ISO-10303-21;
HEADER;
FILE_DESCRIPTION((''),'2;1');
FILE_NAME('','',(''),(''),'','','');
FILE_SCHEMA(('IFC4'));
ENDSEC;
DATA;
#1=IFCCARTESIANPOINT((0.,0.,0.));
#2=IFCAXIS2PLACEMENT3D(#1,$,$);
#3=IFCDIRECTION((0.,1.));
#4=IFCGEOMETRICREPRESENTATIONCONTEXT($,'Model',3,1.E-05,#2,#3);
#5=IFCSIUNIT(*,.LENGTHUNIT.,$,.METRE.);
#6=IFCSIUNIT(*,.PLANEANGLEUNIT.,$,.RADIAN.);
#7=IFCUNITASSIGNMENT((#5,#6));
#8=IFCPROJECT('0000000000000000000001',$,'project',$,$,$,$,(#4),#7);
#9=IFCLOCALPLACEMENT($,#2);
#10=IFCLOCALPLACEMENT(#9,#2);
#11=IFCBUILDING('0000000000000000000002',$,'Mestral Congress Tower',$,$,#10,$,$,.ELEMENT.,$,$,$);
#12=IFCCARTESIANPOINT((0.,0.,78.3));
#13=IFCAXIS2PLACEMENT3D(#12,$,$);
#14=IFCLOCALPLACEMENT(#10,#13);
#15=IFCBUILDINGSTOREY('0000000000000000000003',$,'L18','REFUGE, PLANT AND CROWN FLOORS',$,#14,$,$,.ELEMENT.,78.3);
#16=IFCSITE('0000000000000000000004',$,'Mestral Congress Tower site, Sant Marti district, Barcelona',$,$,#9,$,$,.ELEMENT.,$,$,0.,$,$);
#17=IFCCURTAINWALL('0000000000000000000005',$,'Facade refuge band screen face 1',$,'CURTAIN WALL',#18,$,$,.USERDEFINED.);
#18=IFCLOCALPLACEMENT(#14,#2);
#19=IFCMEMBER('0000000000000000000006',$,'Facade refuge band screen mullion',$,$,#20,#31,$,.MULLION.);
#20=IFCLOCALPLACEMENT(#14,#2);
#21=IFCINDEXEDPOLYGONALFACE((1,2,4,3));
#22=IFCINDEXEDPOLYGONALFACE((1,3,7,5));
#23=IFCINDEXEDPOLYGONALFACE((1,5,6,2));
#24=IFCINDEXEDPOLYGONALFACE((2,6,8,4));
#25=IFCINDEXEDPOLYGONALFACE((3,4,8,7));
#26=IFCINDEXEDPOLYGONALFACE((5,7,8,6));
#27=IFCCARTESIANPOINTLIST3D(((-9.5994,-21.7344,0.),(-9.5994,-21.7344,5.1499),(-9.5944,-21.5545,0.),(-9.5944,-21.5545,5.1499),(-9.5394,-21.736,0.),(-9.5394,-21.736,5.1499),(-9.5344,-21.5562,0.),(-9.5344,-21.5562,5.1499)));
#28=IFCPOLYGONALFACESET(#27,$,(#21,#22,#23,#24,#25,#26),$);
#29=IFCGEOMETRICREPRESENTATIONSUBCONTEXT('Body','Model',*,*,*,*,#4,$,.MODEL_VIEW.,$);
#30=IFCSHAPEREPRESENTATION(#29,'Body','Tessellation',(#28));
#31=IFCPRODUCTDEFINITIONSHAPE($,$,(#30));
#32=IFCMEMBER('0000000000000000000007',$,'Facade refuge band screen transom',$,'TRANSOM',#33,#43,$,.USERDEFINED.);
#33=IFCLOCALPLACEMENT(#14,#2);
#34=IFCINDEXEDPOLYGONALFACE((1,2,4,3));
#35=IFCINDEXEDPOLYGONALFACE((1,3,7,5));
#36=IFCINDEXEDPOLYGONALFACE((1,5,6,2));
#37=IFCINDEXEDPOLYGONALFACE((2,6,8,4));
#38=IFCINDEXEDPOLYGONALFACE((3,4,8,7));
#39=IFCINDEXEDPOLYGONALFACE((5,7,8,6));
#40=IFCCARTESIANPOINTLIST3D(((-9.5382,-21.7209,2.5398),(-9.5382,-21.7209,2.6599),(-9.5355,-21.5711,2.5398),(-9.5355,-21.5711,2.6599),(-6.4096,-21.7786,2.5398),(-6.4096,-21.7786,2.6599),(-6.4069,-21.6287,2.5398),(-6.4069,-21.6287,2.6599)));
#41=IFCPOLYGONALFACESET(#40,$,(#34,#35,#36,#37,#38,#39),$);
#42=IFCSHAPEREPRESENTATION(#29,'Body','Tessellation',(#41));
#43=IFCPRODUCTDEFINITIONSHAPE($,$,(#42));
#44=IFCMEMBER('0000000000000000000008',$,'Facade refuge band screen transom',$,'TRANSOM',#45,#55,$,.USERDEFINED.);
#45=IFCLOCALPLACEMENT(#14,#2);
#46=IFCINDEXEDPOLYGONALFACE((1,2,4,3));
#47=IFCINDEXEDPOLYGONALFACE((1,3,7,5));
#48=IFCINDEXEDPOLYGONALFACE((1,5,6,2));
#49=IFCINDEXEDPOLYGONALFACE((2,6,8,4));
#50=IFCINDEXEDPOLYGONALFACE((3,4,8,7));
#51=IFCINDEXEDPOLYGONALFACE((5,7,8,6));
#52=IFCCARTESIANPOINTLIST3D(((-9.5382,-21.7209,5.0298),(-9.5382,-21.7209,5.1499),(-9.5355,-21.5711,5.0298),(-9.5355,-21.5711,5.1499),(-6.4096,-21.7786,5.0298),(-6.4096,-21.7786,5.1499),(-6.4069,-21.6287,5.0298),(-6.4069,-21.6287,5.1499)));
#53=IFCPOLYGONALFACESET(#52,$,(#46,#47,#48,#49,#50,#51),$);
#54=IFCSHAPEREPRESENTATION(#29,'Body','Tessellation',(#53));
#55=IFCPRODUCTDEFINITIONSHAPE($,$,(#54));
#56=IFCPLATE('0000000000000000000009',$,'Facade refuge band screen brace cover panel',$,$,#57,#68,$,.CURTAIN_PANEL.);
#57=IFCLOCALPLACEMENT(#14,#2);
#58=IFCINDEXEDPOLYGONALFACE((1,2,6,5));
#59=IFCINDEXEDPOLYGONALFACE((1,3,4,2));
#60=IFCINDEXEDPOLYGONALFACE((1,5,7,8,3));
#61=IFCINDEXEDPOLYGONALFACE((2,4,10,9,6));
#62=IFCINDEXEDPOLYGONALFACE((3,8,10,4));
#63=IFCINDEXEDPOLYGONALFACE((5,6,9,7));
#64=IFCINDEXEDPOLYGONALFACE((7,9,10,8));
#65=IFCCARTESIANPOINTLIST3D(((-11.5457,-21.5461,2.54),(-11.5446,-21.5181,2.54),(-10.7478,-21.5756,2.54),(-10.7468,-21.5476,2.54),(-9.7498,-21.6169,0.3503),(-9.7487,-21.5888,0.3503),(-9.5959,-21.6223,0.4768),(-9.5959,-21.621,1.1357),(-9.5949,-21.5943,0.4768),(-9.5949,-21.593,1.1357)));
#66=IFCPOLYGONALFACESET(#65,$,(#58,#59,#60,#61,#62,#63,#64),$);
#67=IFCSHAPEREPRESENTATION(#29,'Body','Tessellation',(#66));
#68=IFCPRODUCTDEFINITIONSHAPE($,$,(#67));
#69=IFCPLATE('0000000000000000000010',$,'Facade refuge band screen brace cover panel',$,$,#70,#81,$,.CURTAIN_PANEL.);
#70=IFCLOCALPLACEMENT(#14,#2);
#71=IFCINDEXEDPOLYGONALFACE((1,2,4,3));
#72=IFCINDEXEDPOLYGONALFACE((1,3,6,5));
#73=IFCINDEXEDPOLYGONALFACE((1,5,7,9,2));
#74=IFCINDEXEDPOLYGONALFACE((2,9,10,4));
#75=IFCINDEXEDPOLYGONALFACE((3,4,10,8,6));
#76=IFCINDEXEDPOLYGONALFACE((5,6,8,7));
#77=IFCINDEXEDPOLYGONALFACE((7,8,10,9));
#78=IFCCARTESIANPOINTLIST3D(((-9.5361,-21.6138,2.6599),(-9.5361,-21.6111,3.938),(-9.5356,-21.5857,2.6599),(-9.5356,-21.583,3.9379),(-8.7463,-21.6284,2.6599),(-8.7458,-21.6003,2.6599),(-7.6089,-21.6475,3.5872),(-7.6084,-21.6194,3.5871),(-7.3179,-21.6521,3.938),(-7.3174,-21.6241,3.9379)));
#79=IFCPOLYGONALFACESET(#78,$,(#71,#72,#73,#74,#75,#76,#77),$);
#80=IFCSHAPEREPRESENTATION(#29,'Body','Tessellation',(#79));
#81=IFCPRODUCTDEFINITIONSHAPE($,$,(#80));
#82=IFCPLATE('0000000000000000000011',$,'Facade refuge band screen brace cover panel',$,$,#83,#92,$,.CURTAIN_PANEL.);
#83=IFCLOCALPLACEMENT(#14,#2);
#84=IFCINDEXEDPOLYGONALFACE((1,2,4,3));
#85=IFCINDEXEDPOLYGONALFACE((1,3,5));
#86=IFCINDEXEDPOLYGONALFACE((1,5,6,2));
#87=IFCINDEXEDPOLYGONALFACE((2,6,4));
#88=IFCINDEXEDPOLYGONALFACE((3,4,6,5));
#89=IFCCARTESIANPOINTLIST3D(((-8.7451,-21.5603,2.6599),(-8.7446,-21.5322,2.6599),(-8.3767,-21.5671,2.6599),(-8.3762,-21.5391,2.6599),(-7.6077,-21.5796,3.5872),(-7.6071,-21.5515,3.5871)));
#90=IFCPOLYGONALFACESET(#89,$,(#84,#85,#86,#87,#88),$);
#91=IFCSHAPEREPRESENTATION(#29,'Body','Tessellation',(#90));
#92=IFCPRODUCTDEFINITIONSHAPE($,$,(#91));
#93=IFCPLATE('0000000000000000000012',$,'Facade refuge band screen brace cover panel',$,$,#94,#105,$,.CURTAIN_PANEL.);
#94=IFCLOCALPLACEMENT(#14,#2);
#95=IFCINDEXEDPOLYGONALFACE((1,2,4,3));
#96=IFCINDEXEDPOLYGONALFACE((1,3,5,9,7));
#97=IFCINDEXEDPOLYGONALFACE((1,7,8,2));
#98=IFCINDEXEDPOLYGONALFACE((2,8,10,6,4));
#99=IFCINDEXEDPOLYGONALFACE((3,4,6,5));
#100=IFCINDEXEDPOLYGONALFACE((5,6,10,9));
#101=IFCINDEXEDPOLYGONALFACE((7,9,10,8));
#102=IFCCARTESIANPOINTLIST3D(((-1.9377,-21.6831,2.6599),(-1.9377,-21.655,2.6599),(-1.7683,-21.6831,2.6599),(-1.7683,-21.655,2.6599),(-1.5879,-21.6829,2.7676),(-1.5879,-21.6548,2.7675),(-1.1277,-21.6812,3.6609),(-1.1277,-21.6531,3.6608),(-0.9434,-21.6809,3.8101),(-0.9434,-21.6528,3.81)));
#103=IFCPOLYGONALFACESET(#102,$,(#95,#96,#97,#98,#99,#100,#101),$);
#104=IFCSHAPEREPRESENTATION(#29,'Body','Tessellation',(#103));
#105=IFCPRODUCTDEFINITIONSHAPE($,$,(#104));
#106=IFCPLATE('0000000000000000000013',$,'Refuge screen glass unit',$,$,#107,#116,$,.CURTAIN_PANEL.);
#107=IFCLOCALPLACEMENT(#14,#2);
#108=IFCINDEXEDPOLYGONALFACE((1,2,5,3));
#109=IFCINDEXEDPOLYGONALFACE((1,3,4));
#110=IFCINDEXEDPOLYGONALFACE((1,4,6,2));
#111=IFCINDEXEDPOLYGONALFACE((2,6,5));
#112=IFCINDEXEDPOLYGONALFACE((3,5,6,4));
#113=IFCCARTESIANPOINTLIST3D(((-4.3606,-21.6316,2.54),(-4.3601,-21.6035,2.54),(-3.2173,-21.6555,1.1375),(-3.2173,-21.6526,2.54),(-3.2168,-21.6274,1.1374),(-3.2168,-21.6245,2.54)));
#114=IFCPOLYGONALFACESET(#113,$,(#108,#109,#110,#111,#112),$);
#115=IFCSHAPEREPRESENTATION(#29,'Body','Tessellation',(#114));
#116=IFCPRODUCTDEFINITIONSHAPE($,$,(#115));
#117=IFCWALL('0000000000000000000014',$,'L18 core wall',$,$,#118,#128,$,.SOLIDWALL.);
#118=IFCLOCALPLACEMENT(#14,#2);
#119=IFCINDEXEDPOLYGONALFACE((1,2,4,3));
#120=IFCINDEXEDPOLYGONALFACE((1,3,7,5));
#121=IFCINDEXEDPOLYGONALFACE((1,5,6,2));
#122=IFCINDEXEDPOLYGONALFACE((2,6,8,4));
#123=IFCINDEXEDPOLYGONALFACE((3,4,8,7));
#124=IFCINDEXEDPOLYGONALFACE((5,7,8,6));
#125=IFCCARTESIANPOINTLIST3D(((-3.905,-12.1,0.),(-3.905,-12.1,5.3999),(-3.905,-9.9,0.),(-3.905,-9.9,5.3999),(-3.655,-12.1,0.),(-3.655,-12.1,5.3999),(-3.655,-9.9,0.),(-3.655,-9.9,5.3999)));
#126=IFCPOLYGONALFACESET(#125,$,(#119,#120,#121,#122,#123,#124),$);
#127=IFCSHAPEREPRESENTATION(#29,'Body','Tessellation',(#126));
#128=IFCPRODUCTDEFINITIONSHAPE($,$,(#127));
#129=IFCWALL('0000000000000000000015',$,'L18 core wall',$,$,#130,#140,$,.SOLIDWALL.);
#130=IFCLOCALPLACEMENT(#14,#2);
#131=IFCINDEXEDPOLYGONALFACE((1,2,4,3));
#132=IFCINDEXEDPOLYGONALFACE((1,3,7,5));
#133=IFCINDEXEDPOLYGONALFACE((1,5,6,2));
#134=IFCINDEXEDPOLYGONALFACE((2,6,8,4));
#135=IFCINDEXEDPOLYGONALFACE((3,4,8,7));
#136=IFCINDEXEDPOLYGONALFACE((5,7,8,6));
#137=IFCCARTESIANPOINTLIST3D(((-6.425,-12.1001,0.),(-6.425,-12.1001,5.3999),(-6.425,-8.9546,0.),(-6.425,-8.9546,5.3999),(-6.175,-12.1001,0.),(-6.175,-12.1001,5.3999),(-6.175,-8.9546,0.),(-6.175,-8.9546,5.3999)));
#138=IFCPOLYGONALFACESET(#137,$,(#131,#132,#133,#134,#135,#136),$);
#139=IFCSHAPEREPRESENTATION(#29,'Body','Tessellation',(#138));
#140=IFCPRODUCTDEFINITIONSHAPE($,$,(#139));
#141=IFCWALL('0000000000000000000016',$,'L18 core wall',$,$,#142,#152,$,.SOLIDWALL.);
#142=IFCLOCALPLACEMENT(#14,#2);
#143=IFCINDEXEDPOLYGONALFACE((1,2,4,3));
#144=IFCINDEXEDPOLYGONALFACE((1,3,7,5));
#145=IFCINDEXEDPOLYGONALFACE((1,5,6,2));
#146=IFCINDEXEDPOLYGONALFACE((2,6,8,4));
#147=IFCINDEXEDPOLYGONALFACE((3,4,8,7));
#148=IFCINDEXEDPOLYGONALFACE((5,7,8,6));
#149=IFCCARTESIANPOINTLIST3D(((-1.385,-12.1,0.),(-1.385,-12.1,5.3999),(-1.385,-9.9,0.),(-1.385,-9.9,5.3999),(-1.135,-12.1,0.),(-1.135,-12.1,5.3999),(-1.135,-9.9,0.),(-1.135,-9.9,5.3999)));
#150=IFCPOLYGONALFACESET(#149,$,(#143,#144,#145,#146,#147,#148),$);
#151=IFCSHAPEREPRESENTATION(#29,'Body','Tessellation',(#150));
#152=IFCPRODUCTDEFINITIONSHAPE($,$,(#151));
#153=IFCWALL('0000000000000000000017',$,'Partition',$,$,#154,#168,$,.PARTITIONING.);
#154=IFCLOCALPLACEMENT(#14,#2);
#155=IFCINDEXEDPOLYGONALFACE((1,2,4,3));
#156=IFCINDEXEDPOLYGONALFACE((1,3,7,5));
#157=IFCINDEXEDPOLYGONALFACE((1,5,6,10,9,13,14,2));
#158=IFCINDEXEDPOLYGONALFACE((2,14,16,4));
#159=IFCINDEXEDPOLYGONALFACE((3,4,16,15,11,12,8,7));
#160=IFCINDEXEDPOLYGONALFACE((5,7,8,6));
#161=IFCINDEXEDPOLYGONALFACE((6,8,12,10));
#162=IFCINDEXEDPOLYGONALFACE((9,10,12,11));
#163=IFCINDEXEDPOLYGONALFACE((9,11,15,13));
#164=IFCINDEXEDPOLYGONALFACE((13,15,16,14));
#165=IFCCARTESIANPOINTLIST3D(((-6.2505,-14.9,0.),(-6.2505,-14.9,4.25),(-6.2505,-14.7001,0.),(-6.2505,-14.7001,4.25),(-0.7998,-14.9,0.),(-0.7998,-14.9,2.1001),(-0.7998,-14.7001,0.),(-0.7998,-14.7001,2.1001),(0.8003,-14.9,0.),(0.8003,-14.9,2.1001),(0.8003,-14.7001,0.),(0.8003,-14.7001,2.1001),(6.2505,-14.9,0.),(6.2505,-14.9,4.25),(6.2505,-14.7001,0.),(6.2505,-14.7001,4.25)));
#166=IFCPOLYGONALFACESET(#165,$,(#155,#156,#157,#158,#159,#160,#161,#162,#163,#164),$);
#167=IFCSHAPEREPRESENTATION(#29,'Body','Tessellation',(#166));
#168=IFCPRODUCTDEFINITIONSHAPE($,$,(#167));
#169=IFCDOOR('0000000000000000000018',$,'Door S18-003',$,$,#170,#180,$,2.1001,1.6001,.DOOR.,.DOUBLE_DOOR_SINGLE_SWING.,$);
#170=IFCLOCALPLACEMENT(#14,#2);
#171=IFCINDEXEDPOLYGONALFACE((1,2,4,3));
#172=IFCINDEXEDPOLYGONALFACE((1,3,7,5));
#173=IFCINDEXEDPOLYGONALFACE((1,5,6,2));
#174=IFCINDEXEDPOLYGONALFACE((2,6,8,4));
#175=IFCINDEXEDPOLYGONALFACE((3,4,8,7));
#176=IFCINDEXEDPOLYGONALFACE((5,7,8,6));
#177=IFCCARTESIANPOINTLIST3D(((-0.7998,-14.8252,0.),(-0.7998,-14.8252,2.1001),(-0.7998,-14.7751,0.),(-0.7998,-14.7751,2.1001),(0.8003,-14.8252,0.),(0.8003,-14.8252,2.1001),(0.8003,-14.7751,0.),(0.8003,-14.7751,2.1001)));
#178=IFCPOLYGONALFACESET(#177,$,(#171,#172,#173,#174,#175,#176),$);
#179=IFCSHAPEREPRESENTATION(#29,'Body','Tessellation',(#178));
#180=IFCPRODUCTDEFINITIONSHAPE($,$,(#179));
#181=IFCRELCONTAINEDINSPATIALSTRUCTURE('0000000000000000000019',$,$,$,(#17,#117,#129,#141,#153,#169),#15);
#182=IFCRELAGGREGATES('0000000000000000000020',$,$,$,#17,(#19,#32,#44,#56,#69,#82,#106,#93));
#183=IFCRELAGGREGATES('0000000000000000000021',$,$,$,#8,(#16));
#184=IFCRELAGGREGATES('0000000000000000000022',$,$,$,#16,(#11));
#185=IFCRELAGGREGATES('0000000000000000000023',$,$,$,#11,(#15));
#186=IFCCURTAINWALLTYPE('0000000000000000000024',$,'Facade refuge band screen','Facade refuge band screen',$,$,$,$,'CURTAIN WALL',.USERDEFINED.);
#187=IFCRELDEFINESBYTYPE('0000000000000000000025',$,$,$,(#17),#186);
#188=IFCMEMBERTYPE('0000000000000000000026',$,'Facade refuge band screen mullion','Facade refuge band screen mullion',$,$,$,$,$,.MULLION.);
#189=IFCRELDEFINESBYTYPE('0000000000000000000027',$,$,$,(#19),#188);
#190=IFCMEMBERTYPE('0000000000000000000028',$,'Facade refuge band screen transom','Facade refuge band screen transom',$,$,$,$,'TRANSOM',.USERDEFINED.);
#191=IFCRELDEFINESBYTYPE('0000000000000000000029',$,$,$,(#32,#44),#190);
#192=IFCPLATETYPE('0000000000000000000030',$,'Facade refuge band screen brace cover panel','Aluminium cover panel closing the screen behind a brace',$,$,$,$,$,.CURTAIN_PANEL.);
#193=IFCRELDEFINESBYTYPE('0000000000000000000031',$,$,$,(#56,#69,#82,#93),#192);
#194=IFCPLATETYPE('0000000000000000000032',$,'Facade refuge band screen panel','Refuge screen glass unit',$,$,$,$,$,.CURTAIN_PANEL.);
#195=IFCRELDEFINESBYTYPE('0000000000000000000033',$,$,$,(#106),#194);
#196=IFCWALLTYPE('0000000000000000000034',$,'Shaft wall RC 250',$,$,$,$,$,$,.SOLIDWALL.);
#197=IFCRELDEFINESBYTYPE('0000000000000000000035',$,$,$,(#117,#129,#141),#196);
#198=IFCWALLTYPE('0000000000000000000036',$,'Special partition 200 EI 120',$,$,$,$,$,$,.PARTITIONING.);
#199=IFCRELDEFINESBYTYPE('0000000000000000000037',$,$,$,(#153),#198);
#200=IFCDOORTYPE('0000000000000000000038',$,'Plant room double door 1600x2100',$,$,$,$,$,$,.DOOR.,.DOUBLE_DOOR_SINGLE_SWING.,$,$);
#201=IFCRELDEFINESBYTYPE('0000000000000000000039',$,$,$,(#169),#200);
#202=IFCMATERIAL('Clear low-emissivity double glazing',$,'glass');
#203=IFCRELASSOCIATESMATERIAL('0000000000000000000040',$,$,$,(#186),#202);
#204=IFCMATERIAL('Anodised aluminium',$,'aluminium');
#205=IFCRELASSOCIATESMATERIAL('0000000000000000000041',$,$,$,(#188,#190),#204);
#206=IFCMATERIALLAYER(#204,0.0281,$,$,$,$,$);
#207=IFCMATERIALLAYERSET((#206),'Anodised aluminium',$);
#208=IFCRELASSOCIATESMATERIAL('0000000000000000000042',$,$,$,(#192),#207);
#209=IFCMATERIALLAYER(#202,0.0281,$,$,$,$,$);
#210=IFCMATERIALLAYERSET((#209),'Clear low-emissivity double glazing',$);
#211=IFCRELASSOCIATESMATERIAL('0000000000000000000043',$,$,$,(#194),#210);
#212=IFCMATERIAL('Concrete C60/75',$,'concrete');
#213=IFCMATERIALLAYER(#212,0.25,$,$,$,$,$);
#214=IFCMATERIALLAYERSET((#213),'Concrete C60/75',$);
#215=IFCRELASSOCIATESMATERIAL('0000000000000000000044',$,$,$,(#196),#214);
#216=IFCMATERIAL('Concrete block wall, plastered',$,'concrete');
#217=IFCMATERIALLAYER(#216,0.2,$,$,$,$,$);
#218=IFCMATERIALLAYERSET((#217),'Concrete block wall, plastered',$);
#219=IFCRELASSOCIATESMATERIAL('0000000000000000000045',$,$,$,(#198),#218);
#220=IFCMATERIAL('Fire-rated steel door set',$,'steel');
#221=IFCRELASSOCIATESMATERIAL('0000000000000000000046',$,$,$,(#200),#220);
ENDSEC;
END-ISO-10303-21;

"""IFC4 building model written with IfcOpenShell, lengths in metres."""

from ifc_helpers import new_model, si_unit, direction, frame, frame_2d, origin, origin_2d, place, context, subcontext, project, spatial, polyline, rectangle, outline, extrude, material, layer, layer_set, material_profile, profile_set, type_object, element, fill, aggregate, save


model = new_model("IFC4")

# Units and contexts
model_context = context("Model", 3, precision=1e-05, world=origin(), true_north=direction((0.0, 1.0)))
body_context = subcontext(model_context, "Body", "Model", "MODEL_VIEW")
ifc_project = project(units=[si_unit("LENGTHUNIT", "METRE"), si_unit("PLANEANGLEUNIT", "RADIAN")], contexts=[model_context])

# Site, building, storey
site_placement = place(None, origin())
site = spatial("IfcSite", under=ifc_project, at=site_placement, Name="Mestral Congress Tower site, Sant Marti district, Barcelona", CompositionType="ELEMENT", RefElevation=0.0)
building_placement = place(site_placement, origin())
building = spatial("IfcBuilding", under=site, at=building_placement, Name="Mestral Congress Tower", CompositionType="ELEMENT")
storey_placement = place(building_placement, frame((0.0, 0.0, 78.3)))
storey = spatial("IfcBuildingStorey", under=building, at=storey_placement, Name="L18", Description="REFUGE, PLANT AND CROWN FLOORS", CompositionType="ELEMENT", Elevation=78.3)

# Curtain wall, members, plates
ifc_material_1 = material(Name="Clear low-emissivity double glazing", Category="glass")
curtain_wall_type = type_object("IfcCurtainWallType", Name="Facade refuge band screen", Description="Facade refuge band screen", ElementType="CURTAIN WALL", PredefinedType="USERDEFINED", material=ifc_material_1)
curtain_wall_placement = place(storey_placement, origin())
curtain_wall = element("IfcCurtainWall", 1, at=curtain_wall_placement, inside=storey, type_object=curtain_wall_type, Name="Facade refuge band screen face 1", ObjectType="CURTAIN WALL", PredefinedType="USERDEFINED")
ifc_material_2 = material(Name="Anodised aluminium", Category="aluminium")
ifc_material_profile_1 = material_profile(ifc_material_2, rectangle(XDim=0.1799, YDim=0.0601, at=origin_2d()), Name="CW3 mullion 180 x 60")
ifc_profile_set_1 = profile_set([ifc_material_profile_1], Name="Anodised aluminium")
member_type_1 = type_object("IfcMemberType", Name="Facade refuge band screen mullion", Description="Facade refuge band screen mullion", PredefinedType="MULLION", material=ifc_profile_set_1)
member_1_placement = place(storey_placement, frame((-9.5669, -21.6453, 0.0), z_axis=(0.0, 0.0, 1.0), x_axis=(-0.027726, -0.999616, 0.0)))
member_1 = element("IfcMember", 2, at=member_1_placement, type_object=member_type_1, Name="Facade refuge band screen mullion", PredefinedType="MULLION", context=body_context, shape_type="SweptSolid", body=[
    extrude(rectangle(XDim=0.1799, YDim=0.0601, at=origin_2d()), origin(), (0.0, 0.0, 1.0), 5.1499),
])
ifc_material_profile_2 = material_profile(ifc_material_2, rectangle(XDim=0.1499, YDim=0.1201, at=origin_2d()), Name="CW3 transom 150 x 120")
ifc_profile_set_2 = profile_set([ifc_material_profile_2], Name="Anodised aluminium")
member_type_2 = type_object("IfcMemberType", Name="Facade refuge band screen transom", Description="Facade refuge band screen transom", ElementType="TRANSOM", PredefinedType="USERDEFINED", material=ifc_profile_set_2)
member_2_placement = place(storey_placement, frame((-9.5369, -21.646, 2.5999), z_axis=(0.99983, -0.018413, 0.0), x_axis=(0.018413, 0.99983, 0.0)))
member_2 = element("IfcMember", 3, at=member_2_placement, type_object=member_type_2, Name="Facade refuge band screen transom", ObjectType="TRANSOM", PredefinedType="USERDEFINED", context=body_context, shape_type="SweptSolid", body=[
    extrude(rectangle(XDim=0.1499, YDim=0.1201, at=origin_2d()), origin(), (0.0, 0.0, 1.0), 3.1292),
])
member_3_placement = place(storey_placement, frame((-9.5369, -21.646, 5.0898), z_axis=(0.99983, -0.018413, 0.0), x_axis=(0.018413, 0.99983, 0.0)))
member_3 = element("IfcMember", 4, at=member_3_placement, type_object=member_type_2, Name="Facade refuge band screen transom", ObjectType="TRANSOM", PredefinedType="USERDEFINED", context=body_context, shape_type="SweptSolid", body=[
    extrude(rectangle(XDim=0.1499, YDim=0.1201, at=origin_2d()), origin(), (0.0, 0.0, 1.0), 3.1292),
])
ifc_layer_1 = layer(ifc_material_2, 0.0281)
ifc_layer_set_1 = layer_set([ifc_layer_1], Name="Anodised aluminium")
plate_type_1 = type_object("IfcPlateType", Name="Facade refuge band screen brace cover panel", Description="Aluminium cover panel closing the screen behind a brace", PredefinedType="CURTAIN_PANEL", material=ifc_layer_set_1)
plate_1_placement = place(storey_placement, frame((-9.5959, -21.6223, 0.4768), z_axis=(-0.036981, -0.999314, 0.001961), x_axis=(-0.772131, 0.027327, -0.634875)))
plate_1 = element("IfcPlate", 5, at=plate_1_placement, type_object=plate_type_1, Name="Facade refuge band screen brace cover panel", PredefinedType="CURTAIN_PANEL", context=body_context, shape_type="SweptSolid", body=[
    extrude(outline(polyline([(0.0, 0.0), (0.1992, 0.0), (0.1976, -2.8328), (-0.4192, -2.326), (-0.4183, -0.5091), (0.0, 0.0)])), origin(), (0.0, 0.0, -1.0), 0.0281),
])
plate_2_placement = place(storey_placement, frame((-9.5361, -21.6111, 3.938), z_axis=(-0.018499, -0.999827, 0.002125), x_axis=(0.999829, -0.018499, 0.0)))
plate_2 = element("IfcPlate", 6, at=plate_2_placement, type_object=plate_type_1, Name="Facade refuge band screen brace cover panel", PredefinedType="CURTAIN_PANEL", context=body_context, shape_type="SweptSolid", body=[
    extrude(outline(polyline([(0.0, 0.0), (2.2186, 0.0), (1.9276, -0.3508), (0.79, -1.2781), (0.0, -1.2781), (0.0, 0.0)])), origin(), (0.0, 0.0, -1.0), 0.0281),
])
plate_3_placement = place(storey_placement, frame((-8.7451, -21.5603, 2.6599), z_axis=(-0.018552, -0.999826, 0.001961), x_axis=(0.775023, -0.013142, 0.631796)))
plate_3 = element("IfcPlate", 7, at=plate_3_placement, type_object=plate_type_1, Name="Facade refuge band screen brace cover panel", PredefinedType="CURTAIN_PANEL", context=body_context, shape_type="SweptSolid", body=[
    extrude(outline(polyline([(0.0, 0.0), (1.4676, 0.0), (0.2856, -0.2328), (0.0, 0.0)])), origin(), (0.0, 0.0, -1.0), 0.0281),
])
plate_4_placement = place(storey_placement, frame((-1.9377, -21.6831, 2.6599), z_axis=(-0.000007, -0.999998, 0.001934), x_axis=(0.629078, 0.001499, 0.777341)))
plate_4 = element("IfcPlate", 8, at=plate_4_placement, type_object=plate_type_1, Name="Facade refuge band screen brace cover panel", PredefinedType="CURTAIN_PANEL", context=body_context, shape_type="SweptSolid", body=[
    extrude(outline(polyline([(0.0, 0.0), (1.2877, 0.0), (1.5196, -0.0494), (0.3038, -0.2042), (0.1066, -0.1317), (0.0, 0.0)])), origin(), (0.0, 0.0, -1.0), 0.0281),
])
ifc_layer_2 = layer(ifc_material_1, 0.0281)
ifc_layer_set_2 = layer_set([ifc_layer_2], Name="Clear low-emissivity double glazing")
plate_type_2 = type_object("IfcPlateType", Name="Facade refuge band screen panel", Description="Refuge screen glass unit", PredefinedType="CURTAIN_PANEL", material=ifc_layer_set_2)
plate_5_placement = place(storey_placement, frame((-3.2173, -21.6526, 2.54), z_axis=(-0.018361, -0.999829, 0.002088), x_axis=(0.0, -0.002089, -0.999998)))
plate_5 = element("IfcPlate", 9, at=plate_5_placement, type_object=plate_type_2, Name="Refuge screen glass unit", PredefinedType="CURTAIN_PANEL", context=body_context, shape_type="SweptSolid", body=[
    extrude(outline(polyline([(0.0, 0.0), (1.4026, 0.0), (0.0, -1.1435), (0.0, 0.0)])), origin(), (0.0, 0.0, -1.0), 0.0281),
])

# Walls
ifc_material_3 = material(Name="Concrete C60/75", Category="concrete")
ifc_layer_3 = layer(ifc_material_3, 0.25)
ifc_layer_set_3 = layer_set([ifc_layer_3], Name="Concrete C60/75")
wall_type_1 = type_object("IfcWallType", Name="Shaft wall RC 250", PredefinedType="SOLIDWALL", material=ifc_layer_set_3)
wall_1_placement = place(storey_placement, frame((-3.78, -12.1001, 0.0), z_axis=(0.0, 0.0, 1.0), x_axis=(0.0, 1.0, 0.0)))
element("IfcWall", 10, at=wall_1_placement, inside=storey, type_object=wall_type_1, Name="L18 core wall", PredefinedType="SOLIDWALL", context=body_context, shape_type="SweptSolid", body=[
    extrude(rectangle(XDim=2.2, YDim=0.25, at=frame_2d((1.1001, 0.0))), origin(), (0.0, 0.0, 1.0), 5.3999),
])
wall_2_placement = place(storey_placement, frame((-6.3, -12.1001, 0.0), z_axis=(0.0, 0.0, 1.0), x_axis=(0.0, 1.0, 0.0)))
element("IfcWall", 11, at=wall_2_placement, inside=storey, type_object=wall_type_1, Name="L18 core wall", PredefinedType="SOLIDWALL", context=body_context, shape_type="SweptSolid", body=[
    extrude(rectangle(XDim=3.1455, YDim=0.25, at=frame_2d((1.5728, 0.0))), origin(), (0.0, 0.0, 1.0), 5.3999),
])
wall_3_placement = place(storey_placement, frame((-1.26, -12.1001, 0.0), z_axis=(0.0, 0.0, 1.0), x_axis=(0.0, 1.0, 0.0)))
element("IfcWall", 12, at=wall_3_placement, inside=storey, type_object=wall_type_1, Name="L18 core wall", PredefinedType="SOLIDWALL", context=body_context, shape_type="SweptSolid", body=[
    extrude(rectangle(XDim=2.2, YDim=0.25, at=frame_2d((1.1001, 0.0))), origin(), (0.0, 0.0, 1.0), 5.3999),
])

# Wall, opening, door
ifc_material_4 = material(Name="Concrete block wall, plastered", Category="concrete")
ifc_layer_4 = layer(ifc_material_4, 0.2)
ifc_layer_set_4 = layer_set([ifc_layer_4], Name="Concrete block wall, plastered")
wall_type_2 = type_object("IfcWallType", Name="Special partition 200 EI 120", PredefinedType="PARTITIONING", material=ifc_layer_set_4)
wall_4_placement = place(storey_placement, frame((-6.2505, -14.8, 0.0), z_axis=(0.0, 0.0, 1.0), x_axis=(1.0, 0.0, 0.0)))
wall_4 = element("IfcWall", 13, at=wall_4_placement, inside=storey, type_object=wall_type_2, Name="Partition", PredefinedType="PARTITIONING", context=body_context, shape_type="SweptSolid", body=[
    extrude(rectangle(XDim=12.501, YDim=0.2, at=frame_2d((6.2505, 0.0))), origin(), (0.0, 0.0, 1.0), 4.25),
])
opening_placement = place(wall_4_placement, frame((5.4507, 0.0, 0.0)))
opening = element("IfcOpeningElement", 14, at=opening_placement, cuts=wall_4, PredefinedType="OPENING", context=body_context, shape_type="SweptSolid", body=[
    extrude(rectangle(XDim=1.6001, YDim=2.1001, at=frame_2d((0.8, 1.05))), frame((0.0, 0.1099, 0.0), z_axis=(0.0, -1.0, 0.0), x_axis=(1.0, 0.0, 0.0)), (0.0, 0.0, 1.0), 0.22),
])
ifc_material_5 = material(Name="Fire-rated steel door set", Category="steel")
door_type = type_object("IfcDoorType", Name="Plant room double door 1600x2100", OperationType="DOUBLE_DOOR_SINGLE_SWING", PredefinedType="DOOR", material=ifc_material_5)
door_placement = place(opening_placement, origin())
door = element("IfcDoor", 15, at=door_placement, inside=storey, type_object=door_type, Name="Door S18-003", OperationType="DOUBLE_DOOR_SINGLE_SWING", OverallHeight=2.1001, OverallWidth=1.6001, PredefinedType="DOOR", context=body_context, shape_type="SweptSolid", body=[
    extrude(rectangle(XDim=1.6001, YDim=2.1001, at=frame_2d((0.8, 1.05))), frame((0.0, 0.0249, 0.0), z_axis=(0.0, -1.0, 0.0), x_axis=(1.0, 0.0, 0.0)), (0.0, 0.0, 1.0), 0.05),
])
fill(opening, door)

aggregate(curtain_wall, [member_1, member_2, member_3, plate_1, plate_2, plate_3, plate_5, plate_4])

save(model, "model.ifc")
